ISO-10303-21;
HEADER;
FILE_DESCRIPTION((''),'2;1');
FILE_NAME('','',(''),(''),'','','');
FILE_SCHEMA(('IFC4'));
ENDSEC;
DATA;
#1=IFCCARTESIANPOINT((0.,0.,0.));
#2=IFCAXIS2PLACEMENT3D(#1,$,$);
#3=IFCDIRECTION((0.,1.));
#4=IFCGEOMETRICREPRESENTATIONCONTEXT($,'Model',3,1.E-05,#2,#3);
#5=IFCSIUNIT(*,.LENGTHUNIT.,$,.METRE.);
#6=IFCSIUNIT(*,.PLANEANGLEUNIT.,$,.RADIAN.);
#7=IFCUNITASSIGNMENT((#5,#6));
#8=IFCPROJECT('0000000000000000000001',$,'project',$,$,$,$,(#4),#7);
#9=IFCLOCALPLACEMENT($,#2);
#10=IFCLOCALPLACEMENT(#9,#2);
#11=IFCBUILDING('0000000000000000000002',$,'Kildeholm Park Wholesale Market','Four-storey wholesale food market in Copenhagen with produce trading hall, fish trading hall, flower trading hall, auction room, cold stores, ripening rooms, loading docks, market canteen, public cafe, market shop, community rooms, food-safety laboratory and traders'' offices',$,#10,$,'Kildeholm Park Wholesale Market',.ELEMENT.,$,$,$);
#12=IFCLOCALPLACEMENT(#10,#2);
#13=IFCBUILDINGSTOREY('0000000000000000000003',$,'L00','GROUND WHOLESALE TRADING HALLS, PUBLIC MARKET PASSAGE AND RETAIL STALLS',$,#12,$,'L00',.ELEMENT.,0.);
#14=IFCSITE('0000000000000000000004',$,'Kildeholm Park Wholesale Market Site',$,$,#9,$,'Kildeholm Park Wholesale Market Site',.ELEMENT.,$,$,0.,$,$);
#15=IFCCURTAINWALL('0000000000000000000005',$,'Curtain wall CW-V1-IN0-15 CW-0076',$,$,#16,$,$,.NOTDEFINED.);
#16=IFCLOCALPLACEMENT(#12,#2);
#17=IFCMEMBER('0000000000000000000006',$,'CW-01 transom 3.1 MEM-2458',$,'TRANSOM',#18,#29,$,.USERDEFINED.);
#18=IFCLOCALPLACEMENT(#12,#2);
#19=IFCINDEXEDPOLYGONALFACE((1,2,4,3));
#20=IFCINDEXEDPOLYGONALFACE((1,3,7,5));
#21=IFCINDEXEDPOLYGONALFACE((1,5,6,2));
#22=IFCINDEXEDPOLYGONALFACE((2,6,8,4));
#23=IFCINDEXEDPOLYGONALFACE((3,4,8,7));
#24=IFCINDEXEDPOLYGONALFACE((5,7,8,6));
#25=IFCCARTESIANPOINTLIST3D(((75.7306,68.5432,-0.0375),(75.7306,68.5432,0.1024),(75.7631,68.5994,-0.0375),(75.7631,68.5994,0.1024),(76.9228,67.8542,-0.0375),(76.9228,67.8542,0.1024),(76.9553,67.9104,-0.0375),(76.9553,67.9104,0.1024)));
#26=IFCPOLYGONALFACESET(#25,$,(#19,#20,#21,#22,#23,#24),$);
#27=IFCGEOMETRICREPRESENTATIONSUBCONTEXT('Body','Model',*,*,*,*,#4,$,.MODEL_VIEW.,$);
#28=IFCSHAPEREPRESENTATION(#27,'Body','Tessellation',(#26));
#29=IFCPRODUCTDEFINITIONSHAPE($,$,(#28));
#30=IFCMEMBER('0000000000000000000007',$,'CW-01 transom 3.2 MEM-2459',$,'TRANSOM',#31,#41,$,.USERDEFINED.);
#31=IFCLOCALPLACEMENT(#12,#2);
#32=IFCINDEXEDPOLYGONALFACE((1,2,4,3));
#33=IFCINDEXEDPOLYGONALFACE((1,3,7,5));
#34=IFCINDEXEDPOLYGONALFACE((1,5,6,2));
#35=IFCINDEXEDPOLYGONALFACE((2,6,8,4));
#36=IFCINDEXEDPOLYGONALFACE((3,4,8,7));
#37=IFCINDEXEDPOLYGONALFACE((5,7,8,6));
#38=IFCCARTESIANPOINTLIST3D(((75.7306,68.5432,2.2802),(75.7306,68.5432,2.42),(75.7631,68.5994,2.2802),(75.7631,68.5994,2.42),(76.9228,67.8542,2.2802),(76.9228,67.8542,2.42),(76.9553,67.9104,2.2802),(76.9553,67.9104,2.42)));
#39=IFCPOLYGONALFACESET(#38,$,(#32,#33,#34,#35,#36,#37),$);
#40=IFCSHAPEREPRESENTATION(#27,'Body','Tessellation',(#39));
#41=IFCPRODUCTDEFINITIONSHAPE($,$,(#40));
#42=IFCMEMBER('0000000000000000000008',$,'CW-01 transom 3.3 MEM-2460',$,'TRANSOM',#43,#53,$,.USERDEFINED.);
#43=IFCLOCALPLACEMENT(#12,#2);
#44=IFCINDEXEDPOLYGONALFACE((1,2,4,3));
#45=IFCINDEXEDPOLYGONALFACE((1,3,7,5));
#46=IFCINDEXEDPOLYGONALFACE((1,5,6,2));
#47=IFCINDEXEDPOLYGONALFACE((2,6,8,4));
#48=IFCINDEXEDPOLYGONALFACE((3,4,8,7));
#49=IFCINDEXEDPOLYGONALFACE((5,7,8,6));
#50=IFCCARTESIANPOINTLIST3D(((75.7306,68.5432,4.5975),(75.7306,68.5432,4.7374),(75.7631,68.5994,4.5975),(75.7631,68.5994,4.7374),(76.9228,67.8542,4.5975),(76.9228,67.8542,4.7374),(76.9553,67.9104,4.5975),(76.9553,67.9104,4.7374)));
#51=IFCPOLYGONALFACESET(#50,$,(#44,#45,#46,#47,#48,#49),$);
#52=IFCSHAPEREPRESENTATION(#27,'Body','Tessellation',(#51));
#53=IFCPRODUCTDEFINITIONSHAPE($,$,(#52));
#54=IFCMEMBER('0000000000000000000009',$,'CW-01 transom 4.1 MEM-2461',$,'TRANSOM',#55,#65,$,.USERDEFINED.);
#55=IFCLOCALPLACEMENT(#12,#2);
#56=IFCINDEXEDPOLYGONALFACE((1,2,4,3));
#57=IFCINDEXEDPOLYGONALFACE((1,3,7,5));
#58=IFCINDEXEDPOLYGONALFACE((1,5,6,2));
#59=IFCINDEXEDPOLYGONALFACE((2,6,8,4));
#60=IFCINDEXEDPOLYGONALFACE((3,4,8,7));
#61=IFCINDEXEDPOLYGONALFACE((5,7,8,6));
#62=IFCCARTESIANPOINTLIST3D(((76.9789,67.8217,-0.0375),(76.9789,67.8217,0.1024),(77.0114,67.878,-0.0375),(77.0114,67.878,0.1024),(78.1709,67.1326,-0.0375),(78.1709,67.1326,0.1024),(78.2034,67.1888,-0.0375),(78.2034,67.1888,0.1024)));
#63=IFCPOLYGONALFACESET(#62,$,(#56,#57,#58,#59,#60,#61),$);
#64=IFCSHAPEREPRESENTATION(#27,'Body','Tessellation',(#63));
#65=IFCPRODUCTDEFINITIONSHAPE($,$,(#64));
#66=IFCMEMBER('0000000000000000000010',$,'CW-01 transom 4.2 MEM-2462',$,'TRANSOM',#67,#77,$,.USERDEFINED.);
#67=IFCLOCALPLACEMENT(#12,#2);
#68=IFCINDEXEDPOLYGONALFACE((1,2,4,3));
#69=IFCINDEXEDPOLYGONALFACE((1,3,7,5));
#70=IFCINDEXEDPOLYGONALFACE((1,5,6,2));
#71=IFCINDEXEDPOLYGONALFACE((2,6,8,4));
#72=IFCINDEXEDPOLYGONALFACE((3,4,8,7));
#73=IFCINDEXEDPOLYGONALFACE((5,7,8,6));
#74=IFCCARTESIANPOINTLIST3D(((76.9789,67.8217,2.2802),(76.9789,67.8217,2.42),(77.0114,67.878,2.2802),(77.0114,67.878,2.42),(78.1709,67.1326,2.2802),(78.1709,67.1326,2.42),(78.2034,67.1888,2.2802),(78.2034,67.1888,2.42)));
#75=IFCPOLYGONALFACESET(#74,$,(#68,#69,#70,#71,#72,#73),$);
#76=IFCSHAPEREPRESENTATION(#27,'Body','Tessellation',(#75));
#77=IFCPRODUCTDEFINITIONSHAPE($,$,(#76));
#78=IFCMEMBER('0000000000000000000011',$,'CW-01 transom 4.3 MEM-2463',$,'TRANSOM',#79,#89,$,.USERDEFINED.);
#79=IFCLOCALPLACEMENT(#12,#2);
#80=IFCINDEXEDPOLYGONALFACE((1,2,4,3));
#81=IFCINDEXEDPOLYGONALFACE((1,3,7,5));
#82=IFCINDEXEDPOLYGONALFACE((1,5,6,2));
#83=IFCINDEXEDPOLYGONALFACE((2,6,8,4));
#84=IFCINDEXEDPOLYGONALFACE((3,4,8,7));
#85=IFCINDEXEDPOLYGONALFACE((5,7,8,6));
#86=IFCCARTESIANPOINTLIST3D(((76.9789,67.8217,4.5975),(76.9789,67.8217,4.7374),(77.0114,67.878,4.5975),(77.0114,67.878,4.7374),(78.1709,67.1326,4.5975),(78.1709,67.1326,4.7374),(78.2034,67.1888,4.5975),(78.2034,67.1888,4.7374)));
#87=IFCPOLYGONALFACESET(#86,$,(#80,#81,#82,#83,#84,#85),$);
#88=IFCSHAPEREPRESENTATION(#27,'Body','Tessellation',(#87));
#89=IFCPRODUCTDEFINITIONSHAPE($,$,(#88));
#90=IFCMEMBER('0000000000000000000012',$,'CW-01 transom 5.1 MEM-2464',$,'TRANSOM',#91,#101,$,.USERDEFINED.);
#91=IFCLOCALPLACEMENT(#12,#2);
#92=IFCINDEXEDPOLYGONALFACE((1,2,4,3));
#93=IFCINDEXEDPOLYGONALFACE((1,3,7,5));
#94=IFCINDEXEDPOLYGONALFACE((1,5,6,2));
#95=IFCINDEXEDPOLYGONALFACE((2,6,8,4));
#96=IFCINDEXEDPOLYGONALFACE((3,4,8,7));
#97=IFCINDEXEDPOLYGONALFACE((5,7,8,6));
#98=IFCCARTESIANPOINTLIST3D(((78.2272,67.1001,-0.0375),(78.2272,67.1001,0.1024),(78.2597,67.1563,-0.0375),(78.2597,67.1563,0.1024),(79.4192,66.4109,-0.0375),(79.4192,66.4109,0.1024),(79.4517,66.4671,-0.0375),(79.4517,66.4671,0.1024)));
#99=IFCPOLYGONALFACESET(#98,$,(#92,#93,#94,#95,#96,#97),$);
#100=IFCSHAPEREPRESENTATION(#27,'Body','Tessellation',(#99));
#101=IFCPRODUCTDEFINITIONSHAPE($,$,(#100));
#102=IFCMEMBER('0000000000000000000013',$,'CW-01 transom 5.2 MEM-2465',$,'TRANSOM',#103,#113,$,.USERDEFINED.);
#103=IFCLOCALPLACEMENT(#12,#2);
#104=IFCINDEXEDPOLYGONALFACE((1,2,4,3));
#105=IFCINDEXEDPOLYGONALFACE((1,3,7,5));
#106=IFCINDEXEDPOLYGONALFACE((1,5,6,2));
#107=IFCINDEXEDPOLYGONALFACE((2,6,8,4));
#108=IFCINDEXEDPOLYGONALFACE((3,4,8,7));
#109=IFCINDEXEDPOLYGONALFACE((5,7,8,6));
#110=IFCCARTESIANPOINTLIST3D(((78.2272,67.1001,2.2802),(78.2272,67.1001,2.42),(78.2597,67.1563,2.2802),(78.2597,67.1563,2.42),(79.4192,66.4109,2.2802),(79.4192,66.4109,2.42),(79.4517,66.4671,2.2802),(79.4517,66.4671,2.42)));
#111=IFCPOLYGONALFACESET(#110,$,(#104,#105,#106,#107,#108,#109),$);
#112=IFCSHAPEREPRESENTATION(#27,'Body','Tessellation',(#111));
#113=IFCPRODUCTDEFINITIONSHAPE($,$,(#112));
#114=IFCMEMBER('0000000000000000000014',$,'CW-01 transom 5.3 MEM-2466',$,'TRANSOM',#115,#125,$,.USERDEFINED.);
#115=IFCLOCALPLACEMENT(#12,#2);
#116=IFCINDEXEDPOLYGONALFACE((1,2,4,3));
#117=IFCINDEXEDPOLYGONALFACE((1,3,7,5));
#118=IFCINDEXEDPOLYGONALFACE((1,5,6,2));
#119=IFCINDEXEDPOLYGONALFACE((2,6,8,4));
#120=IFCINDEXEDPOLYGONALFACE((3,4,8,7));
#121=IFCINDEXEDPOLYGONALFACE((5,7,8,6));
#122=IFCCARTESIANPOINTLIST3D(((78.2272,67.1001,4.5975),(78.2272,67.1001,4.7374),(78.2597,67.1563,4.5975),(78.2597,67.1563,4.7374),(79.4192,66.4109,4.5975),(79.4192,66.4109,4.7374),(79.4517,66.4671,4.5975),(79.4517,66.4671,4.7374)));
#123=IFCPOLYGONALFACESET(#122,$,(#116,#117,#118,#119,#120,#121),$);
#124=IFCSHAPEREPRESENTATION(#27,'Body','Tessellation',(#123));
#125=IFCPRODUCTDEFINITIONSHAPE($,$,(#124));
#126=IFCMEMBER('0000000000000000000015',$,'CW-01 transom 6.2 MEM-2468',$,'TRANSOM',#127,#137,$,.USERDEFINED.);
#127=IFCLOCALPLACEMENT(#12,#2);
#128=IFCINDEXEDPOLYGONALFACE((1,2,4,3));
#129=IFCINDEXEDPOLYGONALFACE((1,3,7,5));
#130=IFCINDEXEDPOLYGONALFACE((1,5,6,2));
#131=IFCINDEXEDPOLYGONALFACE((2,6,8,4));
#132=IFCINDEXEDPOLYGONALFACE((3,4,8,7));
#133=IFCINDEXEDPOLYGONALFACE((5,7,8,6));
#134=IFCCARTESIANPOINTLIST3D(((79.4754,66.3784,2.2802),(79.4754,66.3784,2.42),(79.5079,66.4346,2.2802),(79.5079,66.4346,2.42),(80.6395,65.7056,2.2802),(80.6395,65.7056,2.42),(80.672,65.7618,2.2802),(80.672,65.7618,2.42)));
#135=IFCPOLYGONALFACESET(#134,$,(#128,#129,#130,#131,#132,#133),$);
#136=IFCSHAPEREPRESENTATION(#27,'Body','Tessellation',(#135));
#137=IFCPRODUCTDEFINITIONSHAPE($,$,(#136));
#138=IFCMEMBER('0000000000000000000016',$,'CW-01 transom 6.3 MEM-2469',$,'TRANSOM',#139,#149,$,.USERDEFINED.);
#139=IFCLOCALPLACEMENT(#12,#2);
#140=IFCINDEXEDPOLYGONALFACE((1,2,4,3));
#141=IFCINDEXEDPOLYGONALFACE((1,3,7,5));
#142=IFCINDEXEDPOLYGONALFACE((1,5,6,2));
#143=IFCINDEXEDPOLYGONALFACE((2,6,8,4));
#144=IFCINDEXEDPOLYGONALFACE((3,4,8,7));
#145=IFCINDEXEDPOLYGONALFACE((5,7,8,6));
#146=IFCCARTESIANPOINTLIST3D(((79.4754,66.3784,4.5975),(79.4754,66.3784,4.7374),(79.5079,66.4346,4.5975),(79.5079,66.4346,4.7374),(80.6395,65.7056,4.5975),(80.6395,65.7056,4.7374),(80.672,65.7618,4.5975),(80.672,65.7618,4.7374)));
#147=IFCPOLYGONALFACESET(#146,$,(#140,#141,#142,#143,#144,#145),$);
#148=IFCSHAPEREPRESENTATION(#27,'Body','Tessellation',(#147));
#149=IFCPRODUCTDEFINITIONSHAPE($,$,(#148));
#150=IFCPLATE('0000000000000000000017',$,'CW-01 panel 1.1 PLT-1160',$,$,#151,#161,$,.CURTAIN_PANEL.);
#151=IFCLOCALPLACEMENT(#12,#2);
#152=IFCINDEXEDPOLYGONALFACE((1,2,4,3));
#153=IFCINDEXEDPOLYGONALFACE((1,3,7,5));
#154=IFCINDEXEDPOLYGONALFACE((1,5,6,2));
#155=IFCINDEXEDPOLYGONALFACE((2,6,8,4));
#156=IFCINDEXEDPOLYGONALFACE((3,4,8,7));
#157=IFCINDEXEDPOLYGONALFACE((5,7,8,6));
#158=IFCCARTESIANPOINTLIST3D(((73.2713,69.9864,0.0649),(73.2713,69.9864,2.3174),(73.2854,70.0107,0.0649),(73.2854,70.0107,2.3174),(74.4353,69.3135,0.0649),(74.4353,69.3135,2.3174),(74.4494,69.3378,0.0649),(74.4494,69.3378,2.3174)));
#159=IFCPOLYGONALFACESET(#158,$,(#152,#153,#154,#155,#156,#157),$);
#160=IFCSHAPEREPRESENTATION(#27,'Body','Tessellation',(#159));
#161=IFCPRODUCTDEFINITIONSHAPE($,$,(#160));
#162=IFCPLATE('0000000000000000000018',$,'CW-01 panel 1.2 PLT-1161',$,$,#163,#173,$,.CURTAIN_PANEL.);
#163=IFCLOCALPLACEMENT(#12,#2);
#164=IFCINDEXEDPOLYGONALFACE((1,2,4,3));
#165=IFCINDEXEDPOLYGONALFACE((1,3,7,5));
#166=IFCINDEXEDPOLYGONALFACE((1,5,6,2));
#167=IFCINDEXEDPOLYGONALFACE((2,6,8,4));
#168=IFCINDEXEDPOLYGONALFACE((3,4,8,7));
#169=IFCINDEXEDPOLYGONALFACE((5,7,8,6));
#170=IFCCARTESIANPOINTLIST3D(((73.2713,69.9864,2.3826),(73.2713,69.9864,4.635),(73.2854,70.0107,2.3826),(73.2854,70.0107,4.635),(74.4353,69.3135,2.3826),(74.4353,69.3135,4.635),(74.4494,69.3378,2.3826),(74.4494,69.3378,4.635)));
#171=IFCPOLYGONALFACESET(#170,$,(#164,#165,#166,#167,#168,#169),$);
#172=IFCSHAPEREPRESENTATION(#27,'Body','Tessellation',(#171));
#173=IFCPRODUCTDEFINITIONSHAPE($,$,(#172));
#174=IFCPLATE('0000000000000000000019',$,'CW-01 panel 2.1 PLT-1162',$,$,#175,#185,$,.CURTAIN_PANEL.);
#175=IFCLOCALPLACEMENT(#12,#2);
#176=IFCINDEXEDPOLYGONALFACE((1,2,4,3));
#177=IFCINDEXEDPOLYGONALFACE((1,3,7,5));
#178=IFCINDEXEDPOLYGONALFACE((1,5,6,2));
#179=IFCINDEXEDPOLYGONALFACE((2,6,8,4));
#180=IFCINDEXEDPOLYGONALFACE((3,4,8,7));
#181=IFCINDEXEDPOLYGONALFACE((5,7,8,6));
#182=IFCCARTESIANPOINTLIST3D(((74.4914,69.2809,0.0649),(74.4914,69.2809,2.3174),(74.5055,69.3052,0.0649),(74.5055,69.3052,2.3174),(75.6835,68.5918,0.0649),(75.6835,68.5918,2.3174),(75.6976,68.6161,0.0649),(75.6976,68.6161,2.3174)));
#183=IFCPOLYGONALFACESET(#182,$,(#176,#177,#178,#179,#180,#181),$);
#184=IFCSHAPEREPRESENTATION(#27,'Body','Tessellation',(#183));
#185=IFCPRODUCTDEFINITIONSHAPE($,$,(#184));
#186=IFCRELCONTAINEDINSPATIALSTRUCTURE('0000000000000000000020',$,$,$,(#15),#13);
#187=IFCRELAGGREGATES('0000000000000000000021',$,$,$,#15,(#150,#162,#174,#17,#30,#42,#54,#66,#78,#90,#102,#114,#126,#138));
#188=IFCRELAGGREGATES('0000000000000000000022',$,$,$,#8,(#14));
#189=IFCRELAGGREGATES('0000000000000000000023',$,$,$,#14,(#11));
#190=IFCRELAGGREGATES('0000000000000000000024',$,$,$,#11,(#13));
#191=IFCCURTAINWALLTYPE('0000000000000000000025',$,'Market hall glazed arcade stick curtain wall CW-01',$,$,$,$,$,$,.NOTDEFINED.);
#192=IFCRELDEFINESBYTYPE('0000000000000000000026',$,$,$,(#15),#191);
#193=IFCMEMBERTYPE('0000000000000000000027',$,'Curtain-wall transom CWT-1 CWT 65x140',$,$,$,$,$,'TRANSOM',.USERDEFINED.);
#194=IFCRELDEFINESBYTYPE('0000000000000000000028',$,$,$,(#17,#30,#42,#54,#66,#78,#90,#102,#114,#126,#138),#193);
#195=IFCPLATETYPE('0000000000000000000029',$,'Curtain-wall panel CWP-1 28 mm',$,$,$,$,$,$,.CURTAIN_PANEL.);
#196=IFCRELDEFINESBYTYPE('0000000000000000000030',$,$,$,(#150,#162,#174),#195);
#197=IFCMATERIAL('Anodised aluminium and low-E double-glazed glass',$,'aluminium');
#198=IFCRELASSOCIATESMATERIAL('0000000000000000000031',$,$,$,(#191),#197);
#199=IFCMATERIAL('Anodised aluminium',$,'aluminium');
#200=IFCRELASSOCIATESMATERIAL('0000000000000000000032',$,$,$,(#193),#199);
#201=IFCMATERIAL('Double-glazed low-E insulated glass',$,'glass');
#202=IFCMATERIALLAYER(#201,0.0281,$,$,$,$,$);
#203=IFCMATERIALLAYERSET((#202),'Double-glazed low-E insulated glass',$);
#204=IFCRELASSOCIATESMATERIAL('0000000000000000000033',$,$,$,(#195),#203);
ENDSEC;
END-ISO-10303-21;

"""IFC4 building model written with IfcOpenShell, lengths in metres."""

from ifc_helpers import new_model, si_unit, direction, frame, origin, origin_2d, place, context, subcontext, project, spatial, rectangle, extrude, material, layer, layer_set, material_profile, profile_set, type_object, element, aggregate, save


model = new_model("IFC4")

# Units and contexts
model_context = context("Model", 3, precision=1e-05, world=origin(), true_north=direction((0.0, 1.0)))
body_context = subcontext(model_context, "Body", "Model", "MODEL_VIEW")
ifc_project = project(units=[si_unit("LENGTHUNIT", "METRE"), si_unit("PLANEANGLEUNIT", "RADIAN")], contexts=[model_context])

# Site, building, storey
site_placement = place(None, origin())
site = spatial("IfcSite", under=ifc_project, at=site_placement, Name="Kildeholm Park Wholesale Market Site", LongName="Kildeholm Park Wholesale Market Site", CompositionType="ELEMENT", RefElevation=0.0)
building_placement = place(site_placement, origin())
building = spatial("IfcBuilding", under=site, at=building_placement, Name="Kildeholm Park Wholesale Market", Description="Four-storey wholesale food market in Copenhagen with produce trading hall, fish trading hall, flower trading hall, auction room, cold stores, ripening rooms, loading docks, market canteen, public cafe, market shop, community rooms, food-safety laboratory and traders' offices", LongName="Kildeholm Park Wholesale Market", CompositionType="ELEMENT")
storey_placement = place(building_placement, origin())
storey = spatial("IfcBuildingStorey", under=building, at=storey_placement, Name="L00", Description="GROUND WHOLESALE TRADING HALLS, PUBLIC MARKET PASSAGE AND RETAIL STALLS", LongName="L00", CompositionType="ELEMENT", Elevation=0.0)

# Curtain wall, members, plates
ifc_material_1 = material(Name="Anodised aluminium and low-E double-glazed glass", Category="aluminium")
curtain_wall_type = type_object("IfcCurtainWallType", Name="Market hall glazed arcade stick curtain wall CW-01", PredefinedType="NOTDEFINED", material=ifc_material_1)
curtain_wall_placement = place(storey_placement, origin())
curtain_wall = element("IfcCurtainWall", 1, at=curtain_wall_placement, inside=storey, type_object=curtain_wall_type, Name="Curtain wall CW-V1-IN0-15 CW-0076", PredefinedType="NOTDEFINED")
ifc_material_2 = material(Name="Anodised aluminium", Category="aluminium")
ifc_material_profile_1 = material_profile(ifc_material_2, rectangle(XDim=0.0649, YDim=0.1399, at=origin_2d()), Name="CWT 65x140")
ifc_profile_set_1 = profile_set([ifc_material_profile_1], Name="Anodised aluminium")
member_type_1 = type_object("IfcMemberType", Name="Curtain-wall transom CWT-1 CWT 65x140", ElementType="TRANSOM", PredefinedType="USERDEFINED", material=ifc_profile_set_1)
member_1_placement = place(storey_placement, frame((75.7468, 68.5713, 0.0325), z_axis=(0.86581, -0.500372, 0.0), x_axis=(0.500372, 0.86581, 0.0)))
member_1 = element("IfcMember", 2, at=member_1_placement, type_object=member_type_1, Name="CW-01 transom 3.1 MEM-2458", ObjectType="TRANSOM", PredefinedType="USERDEFINED", context=body_context, shape_type="SweptSolid", body=[
    extrude(rectangle(XDim=0.0649, YDim=0.1399, at=origin_2d()), origin(), (0.0, 0.0, 1.0), 1.377),
])
member_2_placement = place(storey_placement, frame((75.7468, 68.5713, 2.3501), z_axis=(0.86581, -0.500372, 0.0), x_axis=(0.500372, 0.86581, 0.0)))
member_2 = element("IfcMember", 3, at=member_2_placement, type_object=member_type_1, Name="CW-01 transom 3.2 MEM-2459", ObjectType="TRANSOM", PredefinedType="USERDEFINED", context=body_context, shape_type="SweptSolid", body=[
    extrude(rectangle(XDim=0.0649, YDim=0.1399, at=origin_2d()), origin(), (0.0, 0.0, 1.0), 1.377),
])
member_3_placement = place(storey_placement, frame((75.7468, 68.5713, 4.6675), z_axis=(0.86581, -0.500372, 0.0), x_axis=(0.500372, 0.86581, 0.0)))
member_3 = element("IfcMember", 4, at=member_3_placement, type_object=member_type_1, Name="CW-01 transom 3.3 MEM-2460", ObjectType="TRANSOM", PredefinedType="USERDEFINED", context=body_context, shape_type="SweptSolid", body=[
    extrude(rectangle(XDim=0.0649, YDim=0.1399, at=origin_2d()), origin(), (0.0, 0.0, 1.0), 1.377),
])
member_4_placement = place(storey_placement, frame((76.9951, 67.8499, 0.0325), z_axis=(0.865734, -0.500505, 0.0), x_axis=(0.500505, 0.865734, 0.0)))
member_4 = element("IfcMember", 5, at=member_4_placement, type_object=member_type_1, Name="CW-01 transom 4.1 MEM-2461", ObjectType="TRANSOM", PredefinedType="USERDEFINED", context=body_context, shape_type="SweptSolid", body=[
    extrude(rectangle(XDim=0.0649, YDim=0.1399, at=origin_2d()), origin(), (0.0, 0.0, 1.0), 1.377),
])
member_5_placement = place(storey_placement, frame((76.9951, 67.8499, 2.3501), z_axis=(0.865734, -0.500505, 0.0), x_axis=(0.500505, 0.865734, 0.0)))
member_5 = element("IfcMember", 6, at=member_5_placement, type_object=member_type_1, Name="CW-01 transom 4.2 MEM-2462", ObjectType="TRANSOM", PredefinedType="USERDEFINED", context=body_context, shape_type="SweptSolid", body=[
    extrude(rectangle(XDim=0.0649, YDim=0.1399, at=origin_2d()), origin(), (0.0, 0.0, 1.0), 1.377),
])
member_6_placement = place(storey_placement, frame((76.9951, 67.8499, 4.6675), z_axis=(0.865734, -0.500505, 0.0), x_axis=(0.500505, 0.865734, 0.0)))
member_6 = element("IfcMember", 7, at=member_6_placement, type_object=member_type_1, Name="CW-01 transom 4.3 MEM-2463", ObjectType="TRANSOM", PredefinedType="USERDEFINED", context=body_context, shape_type="SweptSolid", body=[
    extrude(rectangle(XDim=0.0649, YDim=0.1399, at=origin_2d()), origin(), (0.0, 0.0, 1.0), 1.377),
])
member_7_placement = place(storey_placement, frame((78.2434, 67.1282, 0.0325), z_axis=(0.865734, -0.500505, 0.0), x_axis=(0.500505, 0.865734, 0.0)))
member_7 = element("IfcMember", 8, at=member_7_placement, type_object=member_type_1, Name="CW-01 transom 5.1 MEM-2464", ObjectType="TRANSOM", PredefinedType="USERDEFINED", context=body_context, shape_type="SweptSolid", body=[
    extrude(rectangle(XDim=0.0649, YDim=0.1399, at=origin_2d()), origin(), (0.0, 0.0, 1.0), 1.377),
])
member_8_placement = place(storey_placement, frame((78.2434, 67.1282, 2.3501), z_axis=(0.865734, -0.500505, 0.0), x_axis=(0.500505, 0.865734, 0.0)))
member_8 = element("IfcMember", 9, at=member_8_placement, type_object=member_type_1, Name="CW-01 transom 5.2 MEM-2465", ObjectType="TRANSOM", PredefinedType="USERDEFINED", context=body_context, shape_type="SweptSolid", body=[
    extrude(rectangle(XDim=0.0649, YDim=0.1399, at=origin_2d()), origin(), (0.0, 0.0, 1.0), 1.377),
])
member_9_placement = place(storey_placement, frame((78.2434, 67.1282, 4.6675), z_axis=(0.865734, -0.500505, 0.0), x_axis=(0.500505, 0.865734, 0.0)))
member_9 = element("IfcMember", 10, at=member_9_placement, type_object=member_type_1, Name="CW-01 transom 5.3 MEM-2466", ObjectType="TRANSOM", PredefinedType="USERDEFINED", context=body_context, shape_type="SweptSolid", body=[
    extrude(rectangle(XDim=0.0649, YDim=0.1399, at=origin_2d()), origin(), (0.0, 0.0, 1.0), 1.377),
])
member_10_placement = place(storey_placement, frame((79.4917, 66.4065, 2.3501), z_axis=(0.865774, -0.500435, 0.0), x_axis=(0.500435, 0.865774, 0.0)))
member_10 = element("IfcMember", 11, at=member_10_placement, type_object=member_type_1, Name="CW-01 transom 6.2 MEM-2468", ObjectType="TRANSOM", PredefinedType="USERDEFINED", context=body_context, shape_type="SweptSolid", body=[
    extrude(rectangle(XDim=0.0649, YDim=0.1399, at=origin_2d()), origin(), (0.0, 0.0, 1.0), 1.3445),
])
member_11_placement = place(storey_placement, frame((79.4917, 66.4065, 4.6675), z_axis=(0.865774, -0.500435, 0.0), x_axis=(0.500435, 0.865774, 0.0)))
member_11 = element("IfcMember", 12, at=member_11_placement, type_object=member_type_1, Name="CW-01 transom 6.3 MEM-2469", ObjectType="TRANSOM", PredefinedType="USERDEFINED", context=body_context, shape_type="SweptSolid", body=[
    extrude(rectangle(XDim=0.0649, YDim=0.1399, at=origin_2d()), origin(), (0.0, 0.0, 1.0), 1.3445),
])
ifc_material_3 = material(Name="Double-glazed low-E insulated glass", Category="glass")
ifc_layer_1 = layer(ifc_material_3, 0.0281)
ifc_layer_set_1 = layer_set([ifc_layer_1], Name="Double-glazed low-E insulated glass")
plate_type = type_object("IfcPlateType", Name="Curtain-wall panel CWP-1 28 mm", PredefinedType="CURTAIN_PANEL", material=ifc_layer_set_1)
plate_1_placement = place(storey_placement, frame((73.8604, 69.6621, 0.0649), z_axis=(0.0, 0.0, 1.0), x_axis=(0.865743, -0.500489, 0.0)))
plate_1 = element("IfcPlate", 13, at=plate_1_placement, type_object=plate_type, Name="CW-01 panel 1.1 PLT-1160", PredefinedType="CURTAIN_PANEL", context=body_context, shape_type="SweptSolid", body=[
    extrude(rectangle(XDim=1.3445, YDim=0.0281, at=origin_2d()), origin(), (0.0, 0.0, 1.0), 2.2524),
])
plate_2_placement = place(storey_placement, frame((73.8604, 69.6621, 2.3826), z_axis=(0.0, 0.0, 1.0), x_axis=(0.865743, -0.500489, 0.0)))
plate_2 = element("IfcPlate", 14, at=plate_2_placement, type_object=plate_type, Name="CW-01 panel 1.2 PLT-1161", PredefinedType="CURTAIN_PANEL", context=body_context, shape_type="SweptSolid", body=[
    extrude(rectangle(XDim=1.3445, YDim=0.0281, at=origin_2d()), origin(), (0.0, 0.0, 1.0), 2.2524),
])
plate_3_placement = place(storey_placement, frame((75.0945, 68.9485, 0.0649), z_axis=(0.0, 0.0, 1.0), x_axis=(0.865743, -0.500489, 0.0)))
plate_3 = element("IfcPlate", 15, at=plate_3_placement, type_object=plate_type, Name="CW-01 panel 2.1 PLT-1162", PredefinedType="CURTAIN_PANEL", context=body_context, shape_type="SweptSolid", body=[
    extrude(rectangle(XDim=1.377, YDim=0.0281, at=origin_2d()), origin(), (0.0, 0.0, 1.0), 2.2524),
])
aggregate(curtain_wall, [plate_1, plate_2, plate_3, member_1, member_2, member_3, member_4, member_5, member_6, member_7, member_8, member_9, member_10, member_11])

save(model, "model.ifc")
